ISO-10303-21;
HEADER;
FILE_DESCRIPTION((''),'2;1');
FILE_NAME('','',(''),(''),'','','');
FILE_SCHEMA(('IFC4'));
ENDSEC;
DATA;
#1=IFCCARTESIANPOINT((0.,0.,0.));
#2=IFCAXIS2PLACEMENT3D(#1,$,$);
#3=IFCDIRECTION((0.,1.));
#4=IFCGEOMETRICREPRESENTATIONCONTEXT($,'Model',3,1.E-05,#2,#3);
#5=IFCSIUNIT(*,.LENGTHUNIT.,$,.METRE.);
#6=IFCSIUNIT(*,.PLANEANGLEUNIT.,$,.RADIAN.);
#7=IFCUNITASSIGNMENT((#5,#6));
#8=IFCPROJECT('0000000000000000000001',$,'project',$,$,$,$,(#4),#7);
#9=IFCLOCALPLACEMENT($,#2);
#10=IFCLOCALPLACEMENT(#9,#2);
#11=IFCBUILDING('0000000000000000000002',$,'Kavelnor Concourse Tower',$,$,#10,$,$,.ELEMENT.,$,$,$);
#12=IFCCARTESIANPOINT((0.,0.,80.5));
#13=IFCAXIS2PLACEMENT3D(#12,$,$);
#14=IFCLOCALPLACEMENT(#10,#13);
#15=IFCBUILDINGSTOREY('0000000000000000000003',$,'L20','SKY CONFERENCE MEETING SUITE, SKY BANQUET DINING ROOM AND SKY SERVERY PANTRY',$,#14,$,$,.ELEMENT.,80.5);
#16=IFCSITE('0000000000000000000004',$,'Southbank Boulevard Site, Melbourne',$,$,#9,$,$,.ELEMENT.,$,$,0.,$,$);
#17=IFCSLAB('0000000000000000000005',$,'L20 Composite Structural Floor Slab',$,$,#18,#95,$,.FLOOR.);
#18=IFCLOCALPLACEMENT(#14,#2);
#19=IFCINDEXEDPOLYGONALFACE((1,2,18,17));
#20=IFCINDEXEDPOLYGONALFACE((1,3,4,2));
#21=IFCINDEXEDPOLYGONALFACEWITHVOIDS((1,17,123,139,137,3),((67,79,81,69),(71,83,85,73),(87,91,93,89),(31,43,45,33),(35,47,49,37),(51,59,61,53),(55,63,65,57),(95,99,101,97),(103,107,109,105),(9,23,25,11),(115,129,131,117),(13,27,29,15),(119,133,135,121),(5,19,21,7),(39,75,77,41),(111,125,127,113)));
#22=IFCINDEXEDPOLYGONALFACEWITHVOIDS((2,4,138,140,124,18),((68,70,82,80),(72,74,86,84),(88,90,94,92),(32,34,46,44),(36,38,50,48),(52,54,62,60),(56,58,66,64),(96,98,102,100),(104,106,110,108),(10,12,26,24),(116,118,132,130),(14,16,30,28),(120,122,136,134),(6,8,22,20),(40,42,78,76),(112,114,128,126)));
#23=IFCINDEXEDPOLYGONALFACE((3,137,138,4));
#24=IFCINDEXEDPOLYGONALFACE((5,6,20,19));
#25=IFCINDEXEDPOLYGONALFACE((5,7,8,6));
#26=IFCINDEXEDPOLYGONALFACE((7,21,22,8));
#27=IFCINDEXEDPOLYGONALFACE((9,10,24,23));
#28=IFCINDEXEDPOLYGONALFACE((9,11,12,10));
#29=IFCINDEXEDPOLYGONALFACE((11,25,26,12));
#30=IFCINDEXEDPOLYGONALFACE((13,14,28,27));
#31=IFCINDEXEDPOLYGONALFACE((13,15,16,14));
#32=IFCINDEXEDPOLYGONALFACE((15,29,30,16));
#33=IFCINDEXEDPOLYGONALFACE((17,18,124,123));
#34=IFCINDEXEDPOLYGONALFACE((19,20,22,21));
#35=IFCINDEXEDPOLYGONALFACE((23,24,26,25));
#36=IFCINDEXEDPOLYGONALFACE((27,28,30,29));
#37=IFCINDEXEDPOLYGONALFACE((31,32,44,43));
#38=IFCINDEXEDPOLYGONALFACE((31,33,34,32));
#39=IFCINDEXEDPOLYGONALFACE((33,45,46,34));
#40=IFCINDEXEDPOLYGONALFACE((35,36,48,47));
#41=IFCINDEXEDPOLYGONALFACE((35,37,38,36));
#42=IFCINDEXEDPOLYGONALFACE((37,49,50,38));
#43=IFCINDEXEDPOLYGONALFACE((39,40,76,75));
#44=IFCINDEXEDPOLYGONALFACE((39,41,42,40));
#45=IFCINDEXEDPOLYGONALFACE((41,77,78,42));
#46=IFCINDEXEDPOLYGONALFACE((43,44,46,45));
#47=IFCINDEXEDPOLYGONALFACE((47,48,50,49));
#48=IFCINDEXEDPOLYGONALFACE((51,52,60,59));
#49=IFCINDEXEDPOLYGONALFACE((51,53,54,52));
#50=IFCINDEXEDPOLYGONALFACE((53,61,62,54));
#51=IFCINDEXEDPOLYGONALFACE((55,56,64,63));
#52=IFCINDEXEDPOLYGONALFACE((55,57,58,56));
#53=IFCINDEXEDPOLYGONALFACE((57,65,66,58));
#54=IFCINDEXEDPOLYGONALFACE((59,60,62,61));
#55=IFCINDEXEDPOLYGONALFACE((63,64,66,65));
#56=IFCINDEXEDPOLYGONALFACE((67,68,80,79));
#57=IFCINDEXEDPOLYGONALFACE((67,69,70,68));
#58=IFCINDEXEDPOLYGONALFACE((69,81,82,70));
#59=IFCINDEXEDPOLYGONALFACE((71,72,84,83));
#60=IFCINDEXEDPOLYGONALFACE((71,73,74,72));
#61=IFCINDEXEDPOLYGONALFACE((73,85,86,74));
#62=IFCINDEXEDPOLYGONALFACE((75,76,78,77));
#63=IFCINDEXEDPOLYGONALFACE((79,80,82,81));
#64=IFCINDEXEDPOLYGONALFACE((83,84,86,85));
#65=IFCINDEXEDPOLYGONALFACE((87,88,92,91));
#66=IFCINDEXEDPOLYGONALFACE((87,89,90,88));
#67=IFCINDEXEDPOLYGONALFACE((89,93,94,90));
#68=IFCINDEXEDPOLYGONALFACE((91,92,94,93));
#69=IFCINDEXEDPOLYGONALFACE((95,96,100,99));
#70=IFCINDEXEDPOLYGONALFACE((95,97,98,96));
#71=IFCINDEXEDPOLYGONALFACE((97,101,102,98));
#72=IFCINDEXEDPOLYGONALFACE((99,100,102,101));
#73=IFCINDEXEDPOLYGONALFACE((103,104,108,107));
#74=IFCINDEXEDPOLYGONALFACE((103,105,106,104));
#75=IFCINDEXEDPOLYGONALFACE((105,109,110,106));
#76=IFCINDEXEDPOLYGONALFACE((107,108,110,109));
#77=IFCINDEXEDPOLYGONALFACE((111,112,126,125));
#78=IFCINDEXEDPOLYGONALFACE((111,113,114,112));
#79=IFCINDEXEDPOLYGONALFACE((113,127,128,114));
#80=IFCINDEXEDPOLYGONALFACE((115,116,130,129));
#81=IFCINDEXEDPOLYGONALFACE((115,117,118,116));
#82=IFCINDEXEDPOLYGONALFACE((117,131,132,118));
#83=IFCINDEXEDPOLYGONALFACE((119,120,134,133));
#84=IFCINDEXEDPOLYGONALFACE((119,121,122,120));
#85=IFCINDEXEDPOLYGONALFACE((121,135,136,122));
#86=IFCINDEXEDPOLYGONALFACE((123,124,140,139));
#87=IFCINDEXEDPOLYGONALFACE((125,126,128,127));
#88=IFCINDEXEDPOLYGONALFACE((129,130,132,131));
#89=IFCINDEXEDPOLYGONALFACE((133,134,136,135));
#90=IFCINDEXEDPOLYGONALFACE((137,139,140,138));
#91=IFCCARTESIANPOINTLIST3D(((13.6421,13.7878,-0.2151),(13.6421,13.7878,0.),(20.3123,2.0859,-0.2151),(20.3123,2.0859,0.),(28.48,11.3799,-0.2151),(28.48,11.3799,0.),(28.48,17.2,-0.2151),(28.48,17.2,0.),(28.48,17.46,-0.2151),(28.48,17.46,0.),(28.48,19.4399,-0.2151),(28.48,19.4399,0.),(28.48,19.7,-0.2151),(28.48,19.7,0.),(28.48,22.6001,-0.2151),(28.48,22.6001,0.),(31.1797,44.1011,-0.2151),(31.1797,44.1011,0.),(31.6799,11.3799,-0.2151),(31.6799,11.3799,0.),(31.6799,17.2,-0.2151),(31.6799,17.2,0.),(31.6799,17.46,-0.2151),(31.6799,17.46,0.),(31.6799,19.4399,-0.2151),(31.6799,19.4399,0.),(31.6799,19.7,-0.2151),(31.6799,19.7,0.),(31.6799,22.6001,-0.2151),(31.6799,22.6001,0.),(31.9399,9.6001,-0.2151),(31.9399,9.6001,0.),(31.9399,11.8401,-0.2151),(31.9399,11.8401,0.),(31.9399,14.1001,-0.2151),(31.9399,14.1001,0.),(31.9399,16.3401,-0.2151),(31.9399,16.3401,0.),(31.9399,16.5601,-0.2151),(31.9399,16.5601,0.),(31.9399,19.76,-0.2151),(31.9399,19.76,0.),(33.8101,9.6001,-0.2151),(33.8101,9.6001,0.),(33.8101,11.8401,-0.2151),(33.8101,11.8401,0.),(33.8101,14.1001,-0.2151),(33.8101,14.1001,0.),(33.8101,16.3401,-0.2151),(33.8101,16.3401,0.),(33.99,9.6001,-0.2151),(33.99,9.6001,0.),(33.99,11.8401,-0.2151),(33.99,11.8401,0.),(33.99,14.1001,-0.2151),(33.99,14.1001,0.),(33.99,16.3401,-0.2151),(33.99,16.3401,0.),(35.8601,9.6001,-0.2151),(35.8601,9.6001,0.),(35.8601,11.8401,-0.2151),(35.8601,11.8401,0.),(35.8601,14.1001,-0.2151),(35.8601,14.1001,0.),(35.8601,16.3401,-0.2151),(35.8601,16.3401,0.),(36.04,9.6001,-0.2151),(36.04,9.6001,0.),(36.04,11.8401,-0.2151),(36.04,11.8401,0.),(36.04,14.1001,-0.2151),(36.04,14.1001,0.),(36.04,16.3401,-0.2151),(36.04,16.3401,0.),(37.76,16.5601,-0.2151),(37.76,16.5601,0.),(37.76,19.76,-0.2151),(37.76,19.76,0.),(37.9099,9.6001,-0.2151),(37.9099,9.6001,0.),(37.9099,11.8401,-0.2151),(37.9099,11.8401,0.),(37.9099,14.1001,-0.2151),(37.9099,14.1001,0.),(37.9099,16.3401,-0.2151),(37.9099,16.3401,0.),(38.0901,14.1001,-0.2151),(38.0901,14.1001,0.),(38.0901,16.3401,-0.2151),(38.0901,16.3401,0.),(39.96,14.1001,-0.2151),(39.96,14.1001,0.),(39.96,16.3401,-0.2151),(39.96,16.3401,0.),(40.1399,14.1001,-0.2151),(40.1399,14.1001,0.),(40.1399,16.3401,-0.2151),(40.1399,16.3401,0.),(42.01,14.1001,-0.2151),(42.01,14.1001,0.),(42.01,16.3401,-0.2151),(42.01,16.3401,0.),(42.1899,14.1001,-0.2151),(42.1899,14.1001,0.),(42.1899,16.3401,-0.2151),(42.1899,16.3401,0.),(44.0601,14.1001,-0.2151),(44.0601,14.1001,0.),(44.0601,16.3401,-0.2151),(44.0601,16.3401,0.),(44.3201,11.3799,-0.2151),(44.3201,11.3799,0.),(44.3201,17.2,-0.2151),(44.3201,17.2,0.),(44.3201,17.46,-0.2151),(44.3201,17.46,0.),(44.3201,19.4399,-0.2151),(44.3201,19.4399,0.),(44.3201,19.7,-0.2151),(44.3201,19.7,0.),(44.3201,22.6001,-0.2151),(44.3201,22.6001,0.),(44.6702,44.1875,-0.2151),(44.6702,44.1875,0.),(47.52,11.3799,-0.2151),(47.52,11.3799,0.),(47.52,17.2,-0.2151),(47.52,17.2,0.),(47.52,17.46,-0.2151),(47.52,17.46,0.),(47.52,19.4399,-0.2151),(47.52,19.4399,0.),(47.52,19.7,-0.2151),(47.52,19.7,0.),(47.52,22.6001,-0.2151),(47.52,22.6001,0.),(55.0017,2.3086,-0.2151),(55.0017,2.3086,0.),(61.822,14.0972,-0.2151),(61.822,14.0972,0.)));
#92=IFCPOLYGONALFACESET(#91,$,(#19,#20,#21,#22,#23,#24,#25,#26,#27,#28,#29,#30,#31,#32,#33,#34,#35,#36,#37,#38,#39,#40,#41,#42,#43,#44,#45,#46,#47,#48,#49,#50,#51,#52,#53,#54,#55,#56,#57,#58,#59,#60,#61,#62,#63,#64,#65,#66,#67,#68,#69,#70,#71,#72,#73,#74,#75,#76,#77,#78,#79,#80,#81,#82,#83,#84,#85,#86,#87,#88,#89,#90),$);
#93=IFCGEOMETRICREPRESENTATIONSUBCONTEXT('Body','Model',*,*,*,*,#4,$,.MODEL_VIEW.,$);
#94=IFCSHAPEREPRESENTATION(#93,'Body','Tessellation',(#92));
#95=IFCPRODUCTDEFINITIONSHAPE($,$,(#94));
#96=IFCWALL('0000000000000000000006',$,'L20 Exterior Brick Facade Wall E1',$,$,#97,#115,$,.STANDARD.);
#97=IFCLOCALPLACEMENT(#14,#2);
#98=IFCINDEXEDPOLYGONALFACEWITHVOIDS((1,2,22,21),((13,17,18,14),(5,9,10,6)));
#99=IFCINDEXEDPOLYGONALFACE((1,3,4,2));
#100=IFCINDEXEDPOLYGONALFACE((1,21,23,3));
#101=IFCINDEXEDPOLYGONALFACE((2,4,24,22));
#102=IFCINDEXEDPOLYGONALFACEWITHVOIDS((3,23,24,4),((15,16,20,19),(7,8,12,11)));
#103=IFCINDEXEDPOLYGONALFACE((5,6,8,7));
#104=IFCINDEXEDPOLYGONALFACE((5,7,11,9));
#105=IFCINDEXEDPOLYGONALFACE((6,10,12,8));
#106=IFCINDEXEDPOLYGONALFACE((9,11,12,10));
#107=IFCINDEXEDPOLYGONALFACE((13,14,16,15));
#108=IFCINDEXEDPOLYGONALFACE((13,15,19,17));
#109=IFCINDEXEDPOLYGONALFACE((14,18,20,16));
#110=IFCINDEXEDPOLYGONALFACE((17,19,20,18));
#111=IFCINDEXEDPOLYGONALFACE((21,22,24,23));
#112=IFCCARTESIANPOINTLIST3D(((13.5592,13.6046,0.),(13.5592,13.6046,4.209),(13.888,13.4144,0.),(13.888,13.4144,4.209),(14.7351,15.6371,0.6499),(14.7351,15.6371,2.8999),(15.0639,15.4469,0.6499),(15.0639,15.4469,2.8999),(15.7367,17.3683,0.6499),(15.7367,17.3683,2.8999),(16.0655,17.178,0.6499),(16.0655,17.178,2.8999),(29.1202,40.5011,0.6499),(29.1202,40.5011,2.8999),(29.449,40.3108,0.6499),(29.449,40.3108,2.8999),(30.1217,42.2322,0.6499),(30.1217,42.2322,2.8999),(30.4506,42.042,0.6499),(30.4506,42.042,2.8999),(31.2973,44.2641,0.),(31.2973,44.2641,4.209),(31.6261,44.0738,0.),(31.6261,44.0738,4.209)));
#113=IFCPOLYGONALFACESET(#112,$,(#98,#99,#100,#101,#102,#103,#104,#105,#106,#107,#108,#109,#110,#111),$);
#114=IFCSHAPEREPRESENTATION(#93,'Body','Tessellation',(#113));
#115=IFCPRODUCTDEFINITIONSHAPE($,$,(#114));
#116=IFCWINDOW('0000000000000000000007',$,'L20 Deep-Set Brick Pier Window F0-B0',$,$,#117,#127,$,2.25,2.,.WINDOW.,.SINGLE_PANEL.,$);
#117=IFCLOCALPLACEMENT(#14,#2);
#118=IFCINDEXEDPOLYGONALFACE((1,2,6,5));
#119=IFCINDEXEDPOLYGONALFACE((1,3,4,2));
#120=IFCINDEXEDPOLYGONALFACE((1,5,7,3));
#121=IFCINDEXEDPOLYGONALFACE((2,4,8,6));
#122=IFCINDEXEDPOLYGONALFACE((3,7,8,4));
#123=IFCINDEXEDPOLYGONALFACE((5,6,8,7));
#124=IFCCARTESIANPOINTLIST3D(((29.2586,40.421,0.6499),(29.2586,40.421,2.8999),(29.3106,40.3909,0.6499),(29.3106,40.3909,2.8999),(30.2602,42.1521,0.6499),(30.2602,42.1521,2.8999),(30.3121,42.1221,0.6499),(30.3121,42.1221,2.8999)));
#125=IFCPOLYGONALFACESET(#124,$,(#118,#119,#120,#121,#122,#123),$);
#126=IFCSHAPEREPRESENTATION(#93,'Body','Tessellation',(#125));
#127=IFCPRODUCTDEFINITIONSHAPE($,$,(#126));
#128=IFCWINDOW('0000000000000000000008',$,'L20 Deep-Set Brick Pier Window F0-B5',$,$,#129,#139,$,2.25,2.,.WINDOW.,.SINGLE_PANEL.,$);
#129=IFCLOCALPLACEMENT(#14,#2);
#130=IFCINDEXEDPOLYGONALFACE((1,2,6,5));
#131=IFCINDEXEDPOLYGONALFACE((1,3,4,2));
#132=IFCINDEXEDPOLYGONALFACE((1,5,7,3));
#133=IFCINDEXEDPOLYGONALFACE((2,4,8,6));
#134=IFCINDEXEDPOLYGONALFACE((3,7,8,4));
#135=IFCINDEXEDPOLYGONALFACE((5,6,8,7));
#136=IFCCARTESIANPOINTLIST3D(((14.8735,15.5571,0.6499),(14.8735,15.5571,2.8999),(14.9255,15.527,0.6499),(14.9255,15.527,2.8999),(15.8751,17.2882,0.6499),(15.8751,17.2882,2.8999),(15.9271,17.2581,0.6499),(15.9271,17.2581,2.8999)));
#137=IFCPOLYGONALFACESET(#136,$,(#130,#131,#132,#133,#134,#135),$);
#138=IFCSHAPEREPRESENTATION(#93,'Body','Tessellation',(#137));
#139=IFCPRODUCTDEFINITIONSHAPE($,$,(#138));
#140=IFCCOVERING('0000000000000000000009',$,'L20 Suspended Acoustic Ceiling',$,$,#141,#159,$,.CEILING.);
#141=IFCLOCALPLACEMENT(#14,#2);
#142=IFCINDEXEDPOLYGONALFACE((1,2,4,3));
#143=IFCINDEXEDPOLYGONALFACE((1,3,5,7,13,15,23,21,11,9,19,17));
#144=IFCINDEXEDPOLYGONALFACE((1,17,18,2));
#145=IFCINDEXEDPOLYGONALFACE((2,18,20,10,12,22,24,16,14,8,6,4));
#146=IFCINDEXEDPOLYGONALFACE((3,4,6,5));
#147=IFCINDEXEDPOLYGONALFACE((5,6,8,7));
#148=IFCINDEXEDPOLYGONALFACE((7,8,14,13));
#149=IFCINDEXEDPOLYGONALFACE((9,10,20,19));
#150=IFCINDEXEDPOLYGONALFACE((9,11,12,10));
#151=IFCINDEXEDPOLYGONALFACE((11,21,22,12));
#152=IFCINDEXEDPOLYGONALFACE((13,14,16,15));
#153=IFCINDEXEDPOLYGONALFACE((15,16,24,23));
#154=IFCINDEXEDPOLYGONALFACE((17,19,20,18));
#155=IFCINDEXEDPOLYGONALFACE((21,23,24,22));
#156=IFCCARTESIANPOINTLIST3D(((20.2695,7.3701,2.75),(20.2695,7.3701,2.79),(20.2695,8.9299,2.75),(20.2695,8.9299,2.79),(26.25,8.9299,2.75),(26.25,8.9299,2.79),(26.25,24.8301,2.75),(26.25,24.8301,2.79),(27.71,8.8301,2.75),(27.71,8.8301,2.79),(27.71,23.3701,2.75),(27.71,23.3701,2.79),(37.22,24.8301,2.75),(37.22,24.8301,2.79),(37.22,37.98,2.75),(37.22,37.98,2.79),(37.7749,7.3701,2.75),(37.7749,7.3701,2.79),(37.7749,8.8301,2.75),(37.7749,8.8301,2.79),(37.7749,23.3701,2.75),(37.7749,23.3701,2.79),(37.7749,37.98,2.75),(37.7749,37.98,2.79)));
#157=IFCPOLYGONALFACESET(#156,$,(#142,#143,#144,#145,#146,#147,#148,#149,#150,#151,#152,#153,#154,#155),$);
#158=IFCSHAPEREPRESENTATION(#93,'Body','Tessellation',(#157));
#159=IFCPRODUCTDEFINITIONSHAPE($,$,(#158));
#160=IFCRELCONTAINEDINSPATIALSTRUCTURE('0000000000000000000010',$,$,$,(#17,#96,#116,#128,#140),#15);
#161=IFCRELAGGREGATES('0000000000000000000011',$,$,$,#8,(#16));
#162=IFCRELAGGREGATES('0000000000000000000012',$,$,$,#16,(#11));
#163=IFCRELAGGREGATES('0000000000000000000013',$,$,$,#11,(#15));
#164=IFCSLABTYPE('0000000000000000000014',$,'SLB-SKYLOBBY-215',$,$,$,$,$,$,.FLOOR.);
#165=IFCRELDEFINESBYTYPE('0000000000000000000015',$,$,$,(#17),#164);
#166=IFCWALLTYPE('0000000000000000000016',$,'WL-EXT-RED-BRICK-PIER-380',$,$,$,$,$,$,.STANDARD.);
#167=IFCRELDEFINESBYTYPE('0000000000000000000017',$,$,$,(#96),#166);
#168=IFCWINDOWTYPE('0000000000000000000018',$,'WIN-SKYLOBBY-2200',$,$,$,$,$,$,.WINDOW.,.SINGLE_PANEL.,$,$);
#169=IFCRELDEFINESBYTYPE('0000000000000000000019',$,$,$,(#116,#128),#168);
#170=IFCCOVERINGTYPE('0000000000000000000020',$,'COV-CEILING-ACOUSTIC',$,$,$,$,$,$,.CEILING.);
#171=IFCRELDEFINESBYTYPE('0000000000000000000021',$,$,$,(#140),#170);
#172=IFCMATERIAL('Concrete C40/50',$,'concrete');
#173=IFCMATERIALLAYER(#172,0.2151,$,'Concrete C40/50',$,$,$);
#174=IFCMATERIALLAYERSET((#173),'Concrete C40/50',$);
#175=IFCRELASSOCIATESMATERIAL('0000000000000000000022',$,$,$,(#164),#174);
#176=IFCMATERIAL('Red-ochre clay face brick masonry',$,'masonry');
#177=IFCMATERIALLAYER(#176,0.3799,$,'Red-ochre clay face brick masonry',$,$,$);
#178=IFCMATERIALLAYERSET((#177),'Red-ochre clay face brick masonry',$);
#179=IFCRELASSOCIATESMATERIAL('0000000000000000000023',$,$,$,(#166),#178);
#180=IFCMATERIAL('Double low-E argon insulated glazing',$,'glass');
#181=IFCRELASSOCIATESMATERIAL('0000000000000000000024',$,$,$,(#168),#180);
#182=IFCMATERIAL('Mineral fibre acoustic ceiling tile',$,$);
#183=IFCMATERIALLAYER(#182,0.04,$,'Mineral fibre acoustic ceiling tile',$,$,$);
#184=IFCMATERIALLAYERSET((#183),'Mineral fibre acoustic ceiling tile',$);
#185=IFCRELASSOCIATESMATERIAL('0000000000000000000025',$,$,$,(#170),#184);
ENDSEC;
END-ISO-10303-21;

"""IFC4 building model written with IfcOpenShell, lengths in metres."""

from ifc_helpers import new_model, si_unit, direction, frame, frame_2d, origin, place, context, subcontext, project, spatial, polyline, rectangle, outline, extrude, material, layer, layer_set, type_object, element, fill, save


model = new_model("IFC4")

# Units and contexts
model_context = context("Model", 3, precision=1e-05, world=origin(), true_north=direction((0.0, 1.0)))
body_context = subcontext(model_context, "Body", "Model", "MODEL_VIEW")
ifc_project = project(units=[si_unit("LENGTHUNIT", "METRE"), si_unit("PLANEANGLEUNIT", "RADIAN")], contexts=[model_context])

# Site, building, storey
site_placement = place(None, origin())
site = spatial("IfcSite", under=ifc_project, at=site_placement, Name="Southbank Boulevard Site, Melbourne", CompositionType="ELEMENT", RefElevation=0.0)
building_placement = place(site_placement, origin())
building = spatial("IfcBuilding", under=site, at=building_placement, Name="Kavelnor Concourse Tower", CompositionType="ELEMENT")
storey_placement = place(building_placement, frame((0.0, 0.0, 80.5)))
storey = spatial("IfcBuildingStorey", under=building, at=storey_placement, Name="L20", Description="SKY CONFERENCE MEETING SUITE, SKY BANQUET DINING ROOM AND SKY SERVERY PANTRY", CompositionType="ELEMENT", Elevation=80.5)

# Shared definitions
ifc_material_1 = material(Name="Concrete C40/50", Category="concrete")

# Slab
ifc_layer_1 = layer(ifc_material_1, 0.2151, Name="Concrete C40/50")
ifc_layer_set_1 = layer_set([ifc_layer_1], Name="Concrete C40/50")
slab_type_1 = type_object("IfcSlabType", Name="SLB-SKYLOBBY-215", PredefinedType="FLOOR", material=ifc_layer_set_1)
slab_1_placement = place(storey_placement, frame((0.0, 0.0, -0.2151)))
element("IfcSlab", 1, at=slab_1_placement, inside=storey, type_object=slab_type_1, Name="L20 Composite Structural Floor Slab", PredefinedType="FLOOR", context=body_context, shape_type="SweptSolid", body=[
    extrude(outline(polyline([(44.6702, 44.1875), (31.1797, 44.1011), (13.6421, 13.7878), (20.3123, 2.0859), (55.0017, 2.3086), (61.822, 14.0972), (44.6702, 44.1875)]), holes=[polyline([(28.48, 11.3799), (31.6799, 11.3799), (31.6799, 17.2), (28.48, 17.2), (28.48, 11.3799)]), polyline([(44.3201, 11.3799), (47.52, 11.3799), (47.52, 17.2), (44.3201, 17.2), (44.3201, 11.3799)]), polyline([(31.9399, 16.5601), (37.76, 16.5601), (37.76, 19.76), (31.9399, 19.76), (31.9399, 16.5601)]), polyline([(28.48, 19.7), (31.6799, 19.7), (31.6799, 22.6001), (28.48, 22.6001), (28.48, 19.7)]), polyline([(44.3201, 19.7), (47.52, 19.7), (47.52, 22.6001), (44.3201, 22.6001), (44.3201, 19.7)]), polyline([(31.9399, 14.1001), (33.8101, 14.1001), (33.8101, 16.3401), (31.9399, 16.3401), (31.9399, 14.1001)]), polyline([(33.99, 14.1001), (35.8601, 14.1001), (35.8601, 16.3401), (33.99, 16.3401), (33.99, 14.1001)]), polyline([(36.04, 14.1001), (37.9099, 14.1001), (37.9099, 16.3401), (36.04, 16.3401), (36.04, 14.1001)]), polyline([(38.0901, 14.1001), (39.96, 14.1001), (39.96, 16.3401), (38.0901, 16.3401), (38.0901, 14.1001)]), polyline([(40.1399, 14.1001), (42.01, 14.1001), (42.01, 16.3401), (40.1399, 16.3401), (40.1399, 14.1001)]), polyline([(42.1899, 14.1001), (44.0601, 14.1001), (44.0601, 16.3401), (42.1899, 16.3401), (42.1899, 14.1001)]), polyline([(31.9399, 9.6001), (33.8101, 9.6001), (33.8101, 11.8401), (31.9399, 11.8401), (31.9399, 9.6001)]), polyline([(33.99, 9.6001), (35.8601, 9.6001), (35.8601, 11.8401), (33.99, 11.8401), (33.99, 9.6001)]), polyline([(36.04, 9.6001), (37.9099, 9.6001), (37.9099, 11.8401), (36.04, 11.8401), (36.04, 9.6001)]), polyline([(28.48, 17.46), (31.6799, 17.46), (31.6799, 19.4399), (28.48, 19.4399), (28.48, 17.46)]), polyline([(44.3201, 17.46), (47.52, 17.46), (47.52, 19.4399), (44.3201, 19.4399), (44.3201, 17.46)])]), origin(), (0.0, 0.0, 1.0), 0.2151),
])

# Wall, openings, windows
ifc_material_2 = material(Name="Red-ochre clay face brick masonry", Category="masonry")
ifc_layer_2 = layer(ifc_material_2, 0.3799, Name="Red-ochre clay face brick masonry")
ifc_layer_set_2 = layer_set([ifc_layer_2], Name="Red-ochre clay face brick masonry")
wall_type = type_object("IfcWallType", Name="WL-EXT-RED-BRICK-PIER-380", PredefinedType="STANDARD", material=ifc_layer_set_2)
wall_placement = place(storey_placement, frame((13.7236, 13.5095, 0.0), z_axis=(0.0, 0.0, 1.0), x_axis=(0.500779, 0.865575, 0.0)))
wall = element("IfcWall", 2, at=wall_placement, inside=storey, type_object=wall_type, Name="L20 Exterior Brick Facade Wall E1", PredefinedType="STANDARD", context=body_context, shape_type="SweptSolid", body=[
    extrude(rectangle(XDim=35.4209, YDim=0.3799, at=frame_2d((17.7104, 0.0))), origin(), (0.0, 0.0, 1.0), 4.209),
])
opening_1_placement = place(wall_placement, frame((31.0735, 0.0, 0.6499)))
opening_1 = element("IfcOpeningElement", 3, at=opening_1_placement, cuts=wall, PredefinedType="OPENING", context=body_context, shape_type="SweptSolid", body=[
    extrude(rectangle(XDim=2.0, YDim=2.25, at=frame_2d((1.0, 1.125))), frame((0.0, 0.2, 0.0), z_axis=(0.0, -1.0, 0.0), x_axis=(1.0, 0.0, 0.0)), (0.0, 0.0, 1.0), 0.3999),
])
opening_2_placement = place(wall_placement, frame((2.3481, 0.0, 0.6499)))
opening_2 = element("IfcOpeningElement", 4, at=opening_2_placement, cuts=wall, PredefinedType="OPENING", context=body_context, shape_type="SweptSolid", body=[
    extrude(rectangle(XDim=2.0, YDim=2.25, at=frame_2d((1.0, 1.125))), frame((0.0, 0.2, 0.0), z_axis=(0.0, -1.0, 0.0), x_axis=(1.0, 0.0, 0.0)), (0.0, 0.0, 1.0), 0.3999),
])
ifc_material_3 = material(Name="Double low-E argon insulated glazing", Category="glass")
window_type = type_object("IfcWindowType", Name="WIN-SKYLOBBY-2200", PartitioningType="SINGLE_PANEL", PredefinedType="WINDOW", material=ifc_material_3)
window_1_placement = place(opening_1_placement, origin())
window_1 = element("IfcWindow", 5, at=window_1_placement, inside=storey, type_object=window_type, Name="L20 Deep-Set Brick Pier Window F0-B0", OverallHeight=2.25, OverallWidth=2.0, PartitioningType="SINGLE_PANEL", PredefinedType="WINDOW", context=body_context, shape_type="SweptSolid", body=[
    extrude(rectangle(XDim=2.0, YDim=2.25, at=frame_2d((1.0, 1.125))), frame((0.0, 0.03, 0.0), z_axis=(0.0, -1.0, 0.0), x_axis=(1.0, 0.0, 0.0)), (0.0, 0.0, 1.0), 0.0601),
])
fill(opening_1, window_1)
window_2_placement = place(opening_2_placement, origin())
window_2 = element("IfcWindow", 6, at=window_2_placement, inside=storey, type_object=window_type, Name="L20 Deep-Set Brick Pier Window F0-B5", OverallHeight=2.25, OverallWidth=2.0, PartitioningType="SINGLE_PANEL", PredefinedType="WINDOW", context=body_context, shape_type="SweptSolid", body=[
    extrude(rectangle(XDim=2.0, YDim=2.25, at=frame_2d((1.0, 1.125))), frame((0.0, 0.03, 0.0), z_axis=(0.0, -1.0, 0.0), x_axis=(1.0, 0.0, 0.0)), (0.0, 0.0, 1.0), 0.0601),
])
fill(opening_2, window_2)

# Covering
ifc_material_4 = material(Name="Mineral fibre acoustic ceiling tile")
ifc_layer_3 = layer(ifc_material_4, 0.04, Name="Mineral fibre acoustic ceiling tile")
ifc_layer_set_3 = layer_set([ifc_layer_3], Name="Mineral fibre acoustic ceiling tile")
covering_type_1 = type_object("IfcCoveringType", Name="COV-CEILING-ACOUSTIC", PredefinedType="CEILING", material=ifc_layer_set_3)
covering_1_placement = place(storey_placement, frame((0.0, 0.0, 2.75)))
element("IfcCovering", 7, at=covering_1_placement, inside=storey, type_object=covering_type_1, Name="L20 Suspended Acoustic Ceiling", PredefinedType="CEILING", context=body_context, shape_type="SweptSolid", body=[
    extrude(outline(polyline([(37.22, 37.98), (37.7749, 37.98), (37.7749, 23.3701), (27.71, 23.3701), (27.71, 8.8301), (37.7749, 8.8301), (37.7749, 7.3701), (20.2695, 7.3701), (20.2695, 8.9299), (26.25, 8.9299), (26.25, 24.8301), (37.22, 24.8301), (37.22, 37.98)])), origin(), (0.0, 0.0, 1.0), 0.04),
])

save(model, "model.ifc")
